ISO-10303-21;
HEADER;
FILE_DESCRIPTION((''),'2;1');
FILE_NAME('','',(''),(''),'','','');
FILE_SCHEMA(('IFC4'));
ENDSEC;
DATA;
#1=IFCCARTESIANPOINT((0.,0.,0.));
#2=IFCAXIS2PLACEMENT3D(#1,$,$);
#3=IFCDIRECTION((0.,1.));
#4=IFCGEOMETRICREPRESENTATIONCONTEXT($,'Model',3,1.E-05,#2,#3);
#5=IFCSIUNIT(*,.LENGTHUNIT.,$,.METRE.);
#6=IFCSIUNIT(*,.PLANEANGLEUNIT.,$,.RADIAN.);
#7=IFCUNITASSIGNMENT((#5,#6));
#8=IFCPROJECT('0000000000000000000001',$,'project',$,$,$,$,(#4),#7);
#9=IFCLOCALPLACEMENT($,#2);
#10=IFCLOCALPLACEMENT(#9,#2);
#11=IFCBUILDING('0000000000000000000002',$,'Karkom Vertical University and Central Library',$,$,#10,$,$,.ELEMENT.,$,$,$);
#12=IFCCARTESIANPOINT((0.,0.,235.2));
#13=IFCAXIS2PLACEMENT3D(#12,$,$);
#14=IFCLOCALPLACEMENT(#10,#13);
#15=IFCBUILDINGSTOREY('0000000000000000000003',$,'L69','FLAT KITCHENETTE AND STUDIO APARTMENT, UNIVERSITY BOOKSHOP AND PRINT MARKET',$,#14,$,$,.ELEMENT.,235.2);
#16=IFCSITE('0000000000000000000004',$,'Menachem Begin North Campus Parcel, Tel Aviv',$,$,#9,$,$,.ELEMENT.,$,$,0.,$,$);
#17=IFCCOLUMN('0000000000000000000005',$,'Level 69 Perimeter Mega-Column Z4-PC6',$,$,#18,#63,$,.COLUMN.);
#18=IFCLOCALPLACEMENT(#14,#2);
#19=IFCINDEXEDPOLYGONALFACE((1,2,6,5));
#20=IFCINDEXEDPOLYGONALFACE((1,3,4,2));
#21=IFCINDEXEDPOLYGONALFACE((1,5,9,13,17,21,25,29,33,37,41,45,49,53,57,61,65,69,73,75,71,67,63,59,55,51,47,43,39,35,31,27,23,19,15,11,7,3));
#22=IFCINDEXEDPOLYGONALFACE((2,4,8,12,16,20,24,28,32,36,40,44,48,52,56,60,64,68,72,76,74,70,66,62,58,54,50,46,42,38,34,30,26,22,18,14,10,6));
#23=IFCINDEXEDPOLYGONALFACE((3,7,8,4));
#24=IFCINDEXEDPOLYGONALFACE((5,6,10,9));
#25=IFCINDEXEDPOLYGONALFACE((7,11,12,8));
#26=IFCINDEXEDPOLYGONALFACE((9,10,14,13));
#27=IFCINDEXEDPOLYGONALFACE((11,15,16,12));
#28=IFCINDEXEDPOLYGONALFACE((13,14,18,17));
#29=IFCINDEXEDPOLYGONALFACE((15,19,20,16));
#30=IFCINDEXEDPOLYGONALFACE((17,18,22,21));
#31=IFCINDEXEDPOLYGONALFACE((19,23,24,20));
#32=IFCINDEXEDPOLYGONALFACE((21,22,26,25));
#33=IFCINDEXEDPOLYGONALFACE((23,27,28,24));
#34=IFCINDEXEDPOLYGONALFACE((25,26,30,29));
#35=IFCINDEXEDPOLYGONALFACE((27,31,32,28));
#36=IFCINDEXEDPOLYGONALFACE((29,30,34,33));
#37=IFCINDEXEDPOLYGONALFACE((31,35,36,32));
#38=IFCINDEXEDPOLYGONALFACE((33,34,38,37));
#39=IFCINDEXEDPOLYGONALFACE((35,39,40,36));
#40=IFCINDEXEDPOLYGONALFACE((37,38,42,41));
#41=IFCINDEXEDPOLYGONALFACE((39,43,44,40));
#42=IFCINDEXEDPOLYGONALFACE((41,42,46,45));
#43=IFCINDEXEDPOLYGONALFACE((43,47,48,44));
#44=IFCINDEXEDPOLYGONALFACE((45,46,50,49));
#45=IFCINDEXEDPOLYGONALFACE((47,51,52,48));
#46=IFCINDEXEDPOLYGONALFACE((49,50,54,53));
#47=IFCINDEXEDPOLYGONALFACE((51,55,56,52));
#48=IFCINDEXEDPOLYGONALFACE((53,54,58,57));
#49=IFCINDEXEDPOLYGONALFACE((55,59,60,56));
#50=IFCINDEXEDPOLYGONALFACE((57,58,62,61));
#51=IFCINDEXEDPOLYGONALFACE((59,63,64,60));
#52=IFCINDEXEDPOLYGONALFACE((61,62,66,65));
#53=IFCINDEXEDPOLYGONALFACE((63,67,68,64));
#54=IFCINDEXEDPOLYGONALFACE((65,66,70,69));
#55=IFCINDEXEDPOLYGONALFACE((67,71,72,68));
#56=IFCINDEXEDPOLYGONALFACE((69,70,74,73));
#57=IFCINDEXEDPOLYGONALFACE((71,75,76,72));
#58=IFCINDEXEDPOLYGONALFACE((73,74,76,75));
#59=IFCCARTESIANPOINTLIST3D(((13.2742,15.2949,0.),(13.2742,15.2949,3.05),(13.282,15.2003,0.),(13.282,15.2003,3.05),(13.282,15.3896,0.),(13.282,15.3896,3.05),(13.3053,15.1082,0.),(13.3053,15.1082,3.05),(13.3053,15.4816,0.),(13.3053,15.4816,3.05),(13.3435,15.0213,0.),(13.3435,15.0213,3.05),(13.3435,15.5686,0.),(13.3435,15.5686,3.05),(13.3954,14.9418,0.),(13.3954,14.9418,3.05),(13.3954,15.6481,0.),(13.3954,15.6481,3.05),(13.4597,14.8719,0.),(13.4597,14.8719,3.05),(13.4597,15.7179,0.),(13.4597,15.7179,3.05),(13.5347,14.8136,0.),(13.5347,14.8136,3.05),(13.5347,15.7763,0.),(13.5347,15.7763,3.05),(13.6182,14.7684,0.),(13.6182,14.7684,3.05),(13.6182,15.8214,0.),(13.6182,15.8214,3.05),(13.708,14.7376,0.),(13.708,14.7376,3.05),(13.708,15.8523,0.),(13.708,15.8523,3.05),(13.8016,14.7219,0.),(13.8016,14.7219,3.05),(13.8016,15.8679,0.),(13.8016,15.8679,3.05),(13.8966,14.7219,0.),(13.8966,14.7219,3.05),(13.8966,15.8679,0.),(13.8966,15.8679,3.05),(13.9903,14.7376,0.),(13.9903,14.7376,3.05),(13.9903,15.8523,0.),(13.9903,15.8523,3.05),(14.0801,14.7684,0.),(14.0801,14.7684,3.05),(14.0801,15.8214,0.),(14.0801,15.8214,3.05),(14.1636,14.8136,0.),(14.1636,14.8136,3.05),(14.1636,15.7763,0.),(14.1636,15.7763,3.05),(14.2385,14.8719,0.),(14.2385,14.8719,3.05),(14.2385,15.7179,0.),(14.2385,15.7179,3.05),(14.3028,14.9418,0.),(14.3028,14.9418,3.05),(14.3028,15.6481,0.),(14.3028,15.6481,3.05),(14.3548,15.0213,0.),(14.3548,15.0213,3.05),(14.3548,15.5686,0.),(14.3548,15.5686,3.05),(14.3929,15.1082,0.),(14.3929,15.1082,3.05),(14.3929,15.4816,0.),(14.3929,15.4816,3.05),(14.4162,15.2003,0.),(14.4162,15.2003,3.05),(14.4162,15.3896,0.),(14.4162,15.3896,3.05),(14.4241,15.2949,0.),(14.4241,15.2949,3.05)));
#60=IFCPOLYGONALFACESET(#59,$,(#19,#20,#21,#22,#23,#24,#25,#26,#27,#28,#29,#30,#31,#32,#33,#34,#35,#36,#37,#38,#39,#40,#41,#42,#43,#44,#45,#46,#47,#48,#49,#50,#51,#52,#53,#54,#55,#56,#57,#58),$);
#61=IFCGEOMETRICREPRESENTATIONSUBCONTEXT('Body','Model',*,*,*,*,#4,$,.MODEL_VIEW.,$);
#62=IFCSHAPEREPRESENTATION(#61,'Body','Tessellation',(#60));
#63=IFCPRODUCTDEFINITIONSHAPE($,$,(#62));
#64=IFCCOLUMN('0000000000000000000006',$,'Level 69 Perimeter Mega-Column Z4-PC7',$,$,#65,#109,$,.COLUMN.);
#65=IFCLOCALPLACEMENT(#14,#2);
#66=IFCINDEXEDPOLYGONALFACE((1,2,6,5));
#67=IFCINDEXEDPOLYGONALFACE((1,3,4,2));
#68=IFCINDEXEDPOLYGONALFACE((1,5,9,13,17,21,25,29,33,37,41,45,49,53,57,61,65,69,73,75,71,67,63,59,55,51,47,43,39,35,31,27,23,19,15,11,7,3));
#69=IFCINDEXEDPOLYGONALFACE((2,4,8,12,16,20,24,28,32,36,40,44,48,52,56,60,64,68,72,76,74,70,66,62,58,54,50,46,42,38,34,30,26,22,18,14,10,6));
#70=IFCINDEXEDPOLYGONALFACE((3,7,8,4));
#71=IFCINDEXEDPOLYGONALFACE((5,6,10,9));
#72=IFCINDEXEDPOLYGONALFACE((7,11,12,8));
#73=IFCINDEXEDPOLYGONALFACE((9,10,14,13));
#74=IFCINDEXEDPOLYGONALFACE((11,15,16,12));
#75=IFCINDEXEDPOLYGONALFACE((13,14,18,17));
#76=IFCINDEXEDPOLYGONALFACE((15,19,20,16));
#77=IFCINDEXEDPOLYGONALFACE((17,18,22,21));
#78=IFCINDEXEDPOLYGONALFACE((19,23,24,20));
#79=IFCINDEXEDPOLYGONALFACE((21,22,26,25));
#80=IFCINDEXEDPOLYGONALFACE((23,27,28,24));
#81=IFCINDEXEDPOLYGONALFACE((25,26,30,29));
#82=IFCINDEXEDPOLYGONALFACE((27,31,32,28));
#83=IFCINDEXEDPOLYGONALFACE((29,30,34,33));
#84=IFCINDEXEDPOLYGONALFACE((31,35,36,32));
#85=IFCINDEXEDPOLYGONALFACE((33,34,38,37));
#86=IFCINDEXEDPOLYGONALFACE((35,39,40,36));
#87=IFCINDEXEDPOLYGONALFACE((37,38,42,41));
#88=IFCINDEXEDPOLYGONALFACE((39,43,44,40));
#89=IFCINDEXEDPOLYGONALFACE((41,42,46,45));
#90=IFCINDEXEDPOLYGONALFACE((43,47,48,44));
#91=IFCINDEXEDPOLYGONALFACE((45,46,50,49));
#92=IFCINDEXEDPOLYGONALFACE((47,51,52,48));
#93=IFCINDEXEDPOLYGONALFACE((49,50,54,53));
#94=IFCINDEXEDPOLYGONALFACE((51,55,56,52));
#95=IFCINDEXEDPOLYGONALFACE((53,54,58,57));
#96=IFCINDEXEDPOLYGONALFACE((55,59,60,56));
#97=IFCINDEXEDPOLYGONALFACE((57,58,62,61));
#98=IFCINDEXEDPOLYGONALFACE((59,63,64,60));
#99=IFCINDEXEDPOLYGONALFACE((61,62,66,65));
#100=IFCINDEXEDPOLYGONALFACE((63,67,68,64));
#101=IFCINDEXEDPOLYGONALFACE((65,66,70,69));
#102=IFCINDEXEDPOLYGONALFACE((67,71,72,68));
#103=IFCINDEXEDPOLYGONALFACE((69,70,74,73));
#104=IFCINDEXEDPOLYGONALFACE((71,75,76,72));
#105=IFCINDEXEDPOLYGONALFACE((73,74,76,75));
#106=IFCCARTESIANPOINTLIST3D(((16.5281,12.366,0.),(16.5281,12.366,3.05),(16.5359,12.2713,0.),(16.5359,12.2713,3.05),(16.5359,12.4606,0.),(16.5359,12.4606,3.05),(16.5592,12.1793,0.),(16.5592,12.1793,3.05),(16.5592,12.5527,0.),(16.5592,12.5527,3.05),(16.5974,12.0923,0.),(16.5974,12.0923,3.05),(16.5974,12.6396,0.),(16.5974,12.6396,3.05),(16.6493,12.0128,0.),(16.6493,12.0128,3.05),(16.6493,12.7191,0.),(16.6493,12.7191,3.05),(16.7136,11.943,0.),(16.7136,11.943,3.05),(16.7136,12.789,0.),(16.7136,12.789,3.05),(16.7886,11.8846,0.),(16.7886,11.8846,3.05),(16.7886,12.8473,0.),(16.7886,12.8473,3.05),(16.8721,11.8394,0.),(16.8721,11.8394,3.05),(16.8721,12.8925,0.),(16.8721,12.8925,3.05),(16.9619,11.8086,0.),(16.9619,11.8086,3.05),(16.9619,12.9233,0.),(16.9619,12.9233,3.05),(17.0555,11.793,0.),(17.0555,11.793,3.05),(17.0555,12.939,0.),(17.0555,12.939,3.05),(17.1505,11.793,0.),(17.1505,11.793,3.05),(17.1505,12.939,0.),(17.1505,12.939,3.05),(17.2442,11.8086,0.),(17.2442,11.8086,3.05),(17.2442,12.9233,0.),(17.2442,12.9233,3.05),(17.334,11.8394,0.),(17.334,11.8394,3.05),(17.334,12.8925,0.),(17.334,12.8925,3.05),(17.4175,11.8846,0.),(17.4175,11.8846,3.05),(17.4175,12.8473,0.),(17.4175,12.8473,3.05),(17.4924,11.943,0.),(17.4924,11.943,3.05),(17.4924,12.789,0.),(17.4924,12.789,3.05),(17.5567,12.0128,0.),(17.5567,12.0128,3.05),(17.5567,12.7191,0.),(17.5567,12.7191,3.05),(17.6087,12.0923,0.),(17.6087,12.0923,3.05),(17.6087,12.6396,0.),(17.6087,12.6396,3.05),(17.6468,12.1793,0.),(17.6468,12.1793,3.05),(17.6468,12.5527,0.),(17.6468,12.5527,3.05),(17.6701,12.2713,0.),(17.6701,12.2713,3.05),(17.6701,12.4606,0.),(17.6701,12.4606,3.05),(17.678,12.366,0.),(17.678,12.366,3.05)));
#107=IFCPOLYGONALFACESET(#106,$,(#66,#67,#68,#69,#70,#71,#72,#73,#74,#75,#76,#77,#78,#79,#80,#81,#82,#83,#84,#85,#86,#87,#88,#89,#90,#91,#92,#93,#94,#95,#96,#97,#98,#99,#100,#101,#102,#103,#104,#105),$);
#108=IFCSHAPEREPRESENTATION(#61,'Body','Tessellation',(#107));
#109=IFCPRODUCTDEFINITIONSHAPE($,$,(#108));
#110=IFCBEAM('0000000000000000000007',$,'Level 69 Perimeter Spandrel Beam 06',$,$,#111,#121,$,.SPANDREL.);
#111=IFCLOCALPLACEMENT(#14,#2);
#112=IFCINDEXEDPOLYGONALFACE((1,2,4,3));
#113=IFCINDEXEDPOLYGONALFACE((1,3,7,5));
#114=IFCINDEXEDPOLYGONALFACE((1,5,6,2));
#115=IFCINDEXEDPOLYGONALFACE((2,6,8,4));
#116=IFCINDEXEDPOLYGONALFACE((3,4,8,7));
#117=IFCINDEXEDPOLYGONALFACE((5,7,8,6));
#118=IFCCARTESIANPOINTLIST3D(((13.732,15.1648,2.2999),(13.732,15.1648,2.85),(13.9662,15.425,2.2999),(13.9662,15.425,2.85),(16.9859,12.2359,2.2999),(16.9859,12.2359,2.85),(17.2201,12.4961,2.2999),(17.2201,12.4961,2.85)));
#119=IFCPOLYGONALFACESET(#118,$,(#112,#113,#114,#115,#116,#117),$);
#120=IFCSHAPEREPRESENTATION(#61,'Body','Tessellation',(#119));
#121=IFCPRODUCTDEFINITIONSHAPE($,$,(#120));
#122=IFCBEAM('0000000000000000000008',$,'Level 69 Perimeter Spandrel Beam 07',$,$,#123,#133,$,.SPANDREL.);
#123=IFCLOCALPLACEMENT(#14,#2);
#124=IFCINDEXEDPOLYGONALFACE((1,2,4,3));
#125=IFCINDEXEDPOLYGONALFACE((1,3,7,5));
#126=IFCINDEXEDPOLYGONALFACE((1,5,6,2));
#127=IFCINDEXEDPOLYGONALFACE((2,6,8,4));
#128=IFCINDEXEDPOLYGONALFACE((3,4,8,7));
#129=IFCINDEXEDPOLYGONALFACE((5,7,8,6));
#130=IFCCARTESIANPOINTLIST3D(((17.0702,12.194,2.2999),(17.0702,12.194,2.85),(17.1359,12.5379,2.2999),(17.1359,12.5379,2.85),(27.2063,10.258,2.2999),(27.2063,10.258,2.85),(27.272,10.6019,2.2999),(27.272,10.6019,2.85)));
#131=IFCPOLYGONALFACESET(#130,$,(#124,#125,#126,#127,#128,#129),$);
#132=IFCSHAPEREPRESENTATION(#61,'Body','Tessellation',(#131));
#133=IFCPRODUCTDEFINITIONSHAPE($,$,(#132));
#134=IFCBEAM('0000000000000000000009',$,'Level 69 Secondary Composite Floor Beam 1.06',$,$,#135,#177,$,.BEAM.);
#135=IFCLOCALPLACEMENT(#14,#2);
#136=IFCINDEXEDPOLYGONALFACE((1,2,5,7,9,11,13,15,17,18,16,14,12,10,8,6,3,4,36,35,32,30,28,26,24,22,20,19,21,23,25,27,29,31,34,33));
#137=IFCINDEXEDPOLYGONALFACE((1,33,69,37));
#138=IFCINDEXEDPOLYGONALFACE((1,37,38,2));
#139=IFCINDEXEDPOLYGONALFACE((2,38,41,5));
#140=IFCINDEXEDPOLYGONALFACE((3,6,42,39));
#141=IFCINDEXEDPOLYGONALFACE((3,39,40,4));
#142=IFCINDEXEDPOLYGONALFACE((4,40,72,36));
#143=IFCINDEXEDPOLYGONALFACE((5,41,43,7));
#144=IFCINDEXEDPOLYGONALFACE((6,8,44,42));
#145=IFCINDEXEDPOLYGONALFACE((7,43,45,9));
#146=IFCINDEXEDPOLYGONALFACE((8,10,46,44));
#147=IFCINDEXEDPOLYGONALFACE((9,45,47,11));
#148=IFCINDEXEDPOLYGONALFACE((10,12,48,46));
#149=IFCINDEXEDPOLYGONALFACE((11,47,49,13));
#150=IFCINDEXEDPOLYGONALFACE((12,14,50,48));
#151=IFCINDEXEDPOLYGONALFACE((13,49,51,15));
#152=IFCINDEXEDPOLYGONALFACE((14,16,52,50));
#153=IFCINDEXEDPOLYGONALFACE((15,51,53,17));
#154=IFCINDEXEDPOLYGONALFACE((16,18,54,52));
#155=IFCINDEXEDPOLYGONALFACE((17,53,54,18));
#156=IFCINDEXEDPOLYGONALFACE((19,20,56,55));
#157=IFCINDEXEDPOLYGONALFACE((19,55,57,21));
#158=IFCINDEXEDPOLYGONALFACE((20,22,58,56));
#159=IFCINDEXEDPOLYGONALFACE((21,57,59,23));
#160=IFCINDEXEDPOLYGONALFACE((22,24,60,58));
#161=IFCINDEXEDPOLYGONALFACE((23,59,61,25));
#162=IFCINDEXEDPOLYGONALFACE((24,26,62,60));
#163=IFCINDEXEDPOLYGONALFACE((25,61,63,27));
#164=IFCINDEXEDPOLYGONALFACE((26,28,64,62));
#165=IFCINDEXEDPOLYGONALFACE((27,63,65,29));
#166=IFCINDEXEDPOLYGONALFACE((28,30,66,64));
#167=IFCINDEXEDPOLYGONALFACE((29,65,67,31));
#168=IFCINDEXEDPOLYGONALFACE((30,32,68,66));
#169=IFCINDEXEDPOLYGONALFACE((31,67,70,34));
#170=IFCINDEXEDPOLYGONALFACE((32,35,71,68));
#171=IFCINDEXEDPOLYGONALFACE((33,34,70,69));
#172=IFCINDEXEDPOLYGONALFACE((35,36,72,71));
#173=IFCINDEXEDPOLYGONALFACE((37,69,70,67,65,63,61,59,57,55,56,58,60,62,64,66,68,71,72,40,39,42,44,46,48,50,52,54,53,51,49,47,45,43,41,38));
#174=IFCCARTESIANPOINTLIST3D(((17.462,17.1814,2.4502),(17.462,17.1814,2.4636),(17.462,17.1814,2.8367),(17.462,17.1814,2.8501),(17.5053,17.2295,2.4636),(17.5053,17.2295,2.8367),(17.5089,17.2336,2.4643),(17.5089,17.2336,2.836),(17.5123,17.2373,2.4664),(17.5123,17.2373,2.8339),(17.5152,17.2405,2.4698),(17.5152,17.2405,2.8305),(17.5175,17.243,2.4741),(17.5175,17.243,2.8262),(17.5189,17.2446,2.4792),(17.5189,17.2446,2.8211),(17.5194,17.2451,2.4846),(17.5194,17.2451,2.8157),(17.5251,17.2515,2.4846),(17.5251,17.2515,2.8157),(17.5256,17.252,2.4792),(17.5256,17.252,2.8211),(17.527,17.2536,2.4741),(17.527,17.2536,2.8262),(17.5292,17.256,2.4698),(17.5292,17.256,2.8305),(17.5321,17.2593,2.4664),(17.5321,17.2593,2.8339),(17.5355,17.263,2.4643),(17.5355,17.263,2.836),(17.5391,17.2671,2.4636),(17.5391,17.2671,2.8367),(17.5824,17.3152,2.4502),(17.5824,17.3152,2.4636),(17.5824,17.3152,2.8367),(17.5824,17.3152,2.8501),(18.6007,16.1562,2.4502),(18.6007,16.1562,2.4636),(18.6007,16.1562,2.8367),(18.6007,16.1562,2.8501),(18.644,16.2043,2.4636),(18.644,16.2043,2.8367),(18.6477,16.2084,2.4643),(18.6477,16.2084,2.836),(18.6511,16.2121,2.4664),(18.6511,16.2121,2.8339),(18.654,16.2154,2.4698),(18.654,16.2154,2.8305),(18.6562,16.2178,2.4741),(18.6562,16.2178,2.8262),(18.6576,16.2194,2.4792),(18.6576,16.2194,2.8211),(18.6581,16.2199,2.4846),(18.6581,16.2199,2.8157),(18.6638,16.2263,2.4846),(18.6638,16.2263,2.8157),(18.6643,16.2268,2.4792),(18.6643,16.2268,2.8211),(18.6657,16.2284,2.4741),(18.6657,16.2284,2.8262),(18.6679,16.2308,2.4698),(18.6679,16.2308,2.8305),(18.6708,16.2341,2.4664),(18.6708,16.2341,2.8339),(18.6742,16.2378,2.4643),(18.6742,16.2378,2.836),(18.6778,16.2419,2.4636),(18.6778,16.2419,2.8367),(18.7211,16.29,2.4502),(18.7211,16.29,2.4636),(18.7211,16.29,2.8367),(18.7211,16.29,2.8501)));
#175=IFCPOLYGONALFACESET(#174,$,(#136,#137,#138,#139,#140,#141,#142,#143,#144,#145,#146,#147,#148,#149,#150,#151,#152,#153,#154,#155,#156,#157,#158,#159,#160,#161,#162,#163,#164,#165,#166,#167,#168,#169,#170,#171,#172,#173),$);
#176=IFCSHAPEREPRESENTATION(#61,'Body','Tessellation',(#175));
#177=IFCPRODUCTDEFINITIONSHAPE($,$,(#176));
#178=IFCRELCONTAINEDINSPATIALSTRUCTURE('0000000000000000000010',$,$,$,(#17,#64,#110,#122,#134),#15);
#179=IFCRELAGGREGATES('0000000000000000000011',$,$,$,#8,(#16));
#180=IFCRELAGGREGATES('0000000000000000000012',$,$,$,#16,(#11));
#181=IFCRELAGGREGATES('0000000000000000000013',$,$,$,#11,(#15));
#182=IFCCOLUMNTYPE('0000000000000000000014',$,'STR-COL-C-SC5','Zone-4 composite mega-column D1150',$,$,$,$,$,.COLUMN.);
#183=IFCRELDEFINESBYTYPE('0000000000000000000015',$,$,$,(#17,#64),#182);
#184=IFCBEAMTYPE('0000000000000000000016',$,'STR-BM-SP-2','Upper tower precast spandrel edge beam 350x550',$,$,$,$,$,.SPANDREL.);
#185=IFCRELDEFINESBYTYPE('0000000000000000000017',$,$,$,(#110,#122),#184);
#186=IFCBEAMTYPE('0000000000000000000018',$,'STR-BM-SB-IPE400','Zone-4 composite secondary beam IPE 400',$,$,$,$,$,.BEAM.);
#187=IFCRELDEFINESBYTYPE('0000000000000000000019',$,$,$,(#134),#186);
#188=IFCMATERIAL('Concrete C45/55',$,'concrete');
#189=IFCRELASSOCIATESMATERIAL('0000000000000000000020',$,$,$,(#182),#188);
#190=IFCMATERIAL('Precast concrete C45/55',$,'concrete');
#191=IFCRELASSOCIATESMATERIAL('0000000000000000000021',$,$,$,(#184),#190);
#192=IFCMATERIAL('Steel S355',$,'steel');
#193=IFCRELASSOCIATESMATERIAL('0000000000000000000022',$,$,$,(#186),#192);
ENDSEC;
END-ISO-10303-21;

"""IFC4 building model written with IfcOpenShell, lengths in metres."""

from ifc_helpers import new_model, si_unit, direction, frame, origin, origin_with_axes, origin_2d, place, context, subcontext, project, spatial, rectangle, circle, i_section, extrude, source, transform, mapped, material, material_profile, profile_set, type_object, element, save


model = new_model("IFC4")

# Units and contexts
model_context = context("Model", 3, precision=1e-05, world=origin(), true_north=direction((0.0, 1.0)))
body_context = subcontext(model_context, "Body", "Model", "MODEL_VIEW")
ifc_project = project(units=[si_unit("LENGTHUNIT", "METRE"), si_unit("PLANEANGLEUNIT", "RADIAN")], contexts=[model_context])

# Site, building, storey
site_placement = place(None, origin())
site = spatial("IfcSite", under=ifc_project, at=site_placement, Name="Menachem Begin North Campus Parcel, Tel Aviv", CompositionType="ELEMENT", RefElevation=0.0)
building_placement = place(site_placement, origin())
building = spatial("IfcBuilding", under=site, at=building_placement, Name="Karkom Vertical University and Central Library", CompositionType="ELEMENT")
storey_placement = place(building_placement, frame((0.0, 0.0, 235.2)))
storey = spatial("IfcBuildingStorey", under=building, at=storey_placement, Name="L69", Description="FLAT KITCHENETTE AND STUDIO APARTMENT, UNIVERSITY BOOKSHOP AND PRINT MARKET", CompositionType="ELEMENT", Elevation=235.2)

# Columns
ifc_material_1 = material(Name="Concrete C45/55", Category="concrete")
ifc_material_profile_1 = material_profile(ifc_material_1, circle(Radius=0.575, at=origin_2d()), Name="CFT-D1150")
ifc_profile_set_1 = profile_set([ifc_material_profile_1], Name="Concrete C45/55")
column_type = type_object("IfcColumnType", Name="STR-COL-C-SC5", Description="Zone-4 composite mega-column D1150", PredefinedType="COLUMN", material=ifc_profile_set_1)
shared_shape_1 = source(origin_with_axes(), body_context, "Body", "SweptSolid", [
    extrude(circle(Radius=0.575, at=origin_2d()), origin(), (0.0, 0.0, 1.0), 3.05),
])
for number, where, z_axis, x_axis, name in (
    (1, (13.8491, 15.2949, 0.0), (0.0, 0.0, 1.0), (1.0, 0.0, 0.0), "Level 69 Perimeter Mega-Column Z4-PC6"),
    (2, (17.103, 12.366, 0.0), (0.0, 0.0, 1.0), (1.0, 0.0, 0.0), "Level 69 Perimeter Mega-Column Z4-PC7"),
):
    element("IfcColumn", number, at=place(storey_placement, frame(where, z_axis=z_axis, x_axis=x_axis)), inside=storey, type_object=column_type, Name=name, PredefinedType="COLUMN", context=body_context, shape_type="MappedRepresentation", body=[
        mapped(shared_shape_1, transform((0.0, 0.0, 0.0), scale=1.0)),
    ])

# Beams
ifc_material_2 = material(Name="Precast concrete C45/55", Category="concrete")
ifc_material_profile_2 = material_profile(ifc_material_2, rectangle(XDim=0.3501, YDim=0.55, at=origin_2d()), Name="SPB-350x550")
ifc_profile_set_2 = profile_set([ifc_material_profile_2], Name="Precast concrete C45/55")
beam_type_1 = type_object("IfcBeamType", Name="STR-BM-SP-2", Description="Upper tower precast spandrel edge beam 350x550", PredefinedType="SPANDREL", material=ifc_profile_set_2)
shared_shape_2 = source(origin_with_axes(), body_context, "Body", "SweptSolid", [
    extrude(rectangle(XDim=0.3501, YDim=0.55, at=origin_2d()), origin(), (0.0, 0.0, 1.0), 4.3779),
])
beam_1_placement = place(storey_placement, frame((13.8491, 15.2949, 2.575), z_axis=(0.743244, -0.66902, 0.0), x_axis=(0.66902, 0.743244, 0.0)))
element("IfcBeam", 3, at=beam_1_placement, inside=storey, type_object=beam_type_1, Name="Level 69 Perimeter Spandrel Beam 06", PredefinedType="SPANDREL", context=body_context, shape_type="MappedRepresentation", body=[
    mapped(shared_shape_2, transform((0.0, 0.0, 0.0), scale=1.0)),
])
shared_shape_3 = source(origin_with_axes(), body_context, "Body", "SweptSolid", [
    extrude(rectangle(XDim=0.3501, YDim=0.55, at=origin_2d()), origin(), (0.0, 0.0, 1.0), 10.3193),
])
beam_2_placement = place(storey_placement, frame((17.103, 12.366, 2.575), z_axis=(0.982243, -0.187614, 0.0), x_axis=(0.187614, 0.982243, 0.0)))
element("IfcBeam", 4, at=beam_2_placement, inside=storey, type_object=beam_type_1, Name="Level 69 Perimeter Spandrel Beam 07", PredefinedType="SPANDREL", context=body_context, shape_type="MappedRepresentation", body=[
    mapped(shared_shape_3, transform((0.0, 0.0, 0.0), scale=1.0)),
])
ifc_material_3 = material(Name="Steel S355", Category="steel")
ifc_material_profile_3 = material_profile(ifc_material_3, i_section(OverallWidth=0.1799, OverallDepth=0.3999, WebThickness=0.0085, FlangeThickness=0.0134, FilletRadius=0.021, at=origin_2d()), Name="IPE 400")
ifc_profile_set_3 = profile_set([ifc_material_profile_3], Name="Steel S355")
beam_type_2 = type_object("IfcBeamType", Name="STR-BM-SB-IPE400", Description="Zone-4 composite secondary beam IPE 400", PredefinedType="BEAM", material=ifc_profile_set_3)
shared_shape_4 = source(origin_with_axes(), body_context, "Body", "SweptSolid", [
    extrude(i_section(OverallWidth=0.1799, OverallDepth=0.3999, WebThickness=0.0085, FlangeThickness=0.0134, FilletRadius=0.021, at=origin_2d()), origin(), (0.0, 0.0, 1.0), 1.5322),
])
beam_3_placement = place(storey_placement, frame((17.5222, 17.2483, 2.6501), z_axis=(0.743183, -0.669088, 0.0), x_axis=(0.669088, 0.743183, 0.0)))
element("IfcBeam", 5, at=beam_3_placement, inside=storey, type_object=beam_type_2, Name="Level 69 Secondary Composite Floor Beam 1.06", PredefinedType="BEAM", context=body_context, shape_type="MappedRepresentation", body=[
    mapped(shared_shape_4, transform((0.0, 0.0, 0.0), scale=1.0)),
])

save(model, "model.ifc")
